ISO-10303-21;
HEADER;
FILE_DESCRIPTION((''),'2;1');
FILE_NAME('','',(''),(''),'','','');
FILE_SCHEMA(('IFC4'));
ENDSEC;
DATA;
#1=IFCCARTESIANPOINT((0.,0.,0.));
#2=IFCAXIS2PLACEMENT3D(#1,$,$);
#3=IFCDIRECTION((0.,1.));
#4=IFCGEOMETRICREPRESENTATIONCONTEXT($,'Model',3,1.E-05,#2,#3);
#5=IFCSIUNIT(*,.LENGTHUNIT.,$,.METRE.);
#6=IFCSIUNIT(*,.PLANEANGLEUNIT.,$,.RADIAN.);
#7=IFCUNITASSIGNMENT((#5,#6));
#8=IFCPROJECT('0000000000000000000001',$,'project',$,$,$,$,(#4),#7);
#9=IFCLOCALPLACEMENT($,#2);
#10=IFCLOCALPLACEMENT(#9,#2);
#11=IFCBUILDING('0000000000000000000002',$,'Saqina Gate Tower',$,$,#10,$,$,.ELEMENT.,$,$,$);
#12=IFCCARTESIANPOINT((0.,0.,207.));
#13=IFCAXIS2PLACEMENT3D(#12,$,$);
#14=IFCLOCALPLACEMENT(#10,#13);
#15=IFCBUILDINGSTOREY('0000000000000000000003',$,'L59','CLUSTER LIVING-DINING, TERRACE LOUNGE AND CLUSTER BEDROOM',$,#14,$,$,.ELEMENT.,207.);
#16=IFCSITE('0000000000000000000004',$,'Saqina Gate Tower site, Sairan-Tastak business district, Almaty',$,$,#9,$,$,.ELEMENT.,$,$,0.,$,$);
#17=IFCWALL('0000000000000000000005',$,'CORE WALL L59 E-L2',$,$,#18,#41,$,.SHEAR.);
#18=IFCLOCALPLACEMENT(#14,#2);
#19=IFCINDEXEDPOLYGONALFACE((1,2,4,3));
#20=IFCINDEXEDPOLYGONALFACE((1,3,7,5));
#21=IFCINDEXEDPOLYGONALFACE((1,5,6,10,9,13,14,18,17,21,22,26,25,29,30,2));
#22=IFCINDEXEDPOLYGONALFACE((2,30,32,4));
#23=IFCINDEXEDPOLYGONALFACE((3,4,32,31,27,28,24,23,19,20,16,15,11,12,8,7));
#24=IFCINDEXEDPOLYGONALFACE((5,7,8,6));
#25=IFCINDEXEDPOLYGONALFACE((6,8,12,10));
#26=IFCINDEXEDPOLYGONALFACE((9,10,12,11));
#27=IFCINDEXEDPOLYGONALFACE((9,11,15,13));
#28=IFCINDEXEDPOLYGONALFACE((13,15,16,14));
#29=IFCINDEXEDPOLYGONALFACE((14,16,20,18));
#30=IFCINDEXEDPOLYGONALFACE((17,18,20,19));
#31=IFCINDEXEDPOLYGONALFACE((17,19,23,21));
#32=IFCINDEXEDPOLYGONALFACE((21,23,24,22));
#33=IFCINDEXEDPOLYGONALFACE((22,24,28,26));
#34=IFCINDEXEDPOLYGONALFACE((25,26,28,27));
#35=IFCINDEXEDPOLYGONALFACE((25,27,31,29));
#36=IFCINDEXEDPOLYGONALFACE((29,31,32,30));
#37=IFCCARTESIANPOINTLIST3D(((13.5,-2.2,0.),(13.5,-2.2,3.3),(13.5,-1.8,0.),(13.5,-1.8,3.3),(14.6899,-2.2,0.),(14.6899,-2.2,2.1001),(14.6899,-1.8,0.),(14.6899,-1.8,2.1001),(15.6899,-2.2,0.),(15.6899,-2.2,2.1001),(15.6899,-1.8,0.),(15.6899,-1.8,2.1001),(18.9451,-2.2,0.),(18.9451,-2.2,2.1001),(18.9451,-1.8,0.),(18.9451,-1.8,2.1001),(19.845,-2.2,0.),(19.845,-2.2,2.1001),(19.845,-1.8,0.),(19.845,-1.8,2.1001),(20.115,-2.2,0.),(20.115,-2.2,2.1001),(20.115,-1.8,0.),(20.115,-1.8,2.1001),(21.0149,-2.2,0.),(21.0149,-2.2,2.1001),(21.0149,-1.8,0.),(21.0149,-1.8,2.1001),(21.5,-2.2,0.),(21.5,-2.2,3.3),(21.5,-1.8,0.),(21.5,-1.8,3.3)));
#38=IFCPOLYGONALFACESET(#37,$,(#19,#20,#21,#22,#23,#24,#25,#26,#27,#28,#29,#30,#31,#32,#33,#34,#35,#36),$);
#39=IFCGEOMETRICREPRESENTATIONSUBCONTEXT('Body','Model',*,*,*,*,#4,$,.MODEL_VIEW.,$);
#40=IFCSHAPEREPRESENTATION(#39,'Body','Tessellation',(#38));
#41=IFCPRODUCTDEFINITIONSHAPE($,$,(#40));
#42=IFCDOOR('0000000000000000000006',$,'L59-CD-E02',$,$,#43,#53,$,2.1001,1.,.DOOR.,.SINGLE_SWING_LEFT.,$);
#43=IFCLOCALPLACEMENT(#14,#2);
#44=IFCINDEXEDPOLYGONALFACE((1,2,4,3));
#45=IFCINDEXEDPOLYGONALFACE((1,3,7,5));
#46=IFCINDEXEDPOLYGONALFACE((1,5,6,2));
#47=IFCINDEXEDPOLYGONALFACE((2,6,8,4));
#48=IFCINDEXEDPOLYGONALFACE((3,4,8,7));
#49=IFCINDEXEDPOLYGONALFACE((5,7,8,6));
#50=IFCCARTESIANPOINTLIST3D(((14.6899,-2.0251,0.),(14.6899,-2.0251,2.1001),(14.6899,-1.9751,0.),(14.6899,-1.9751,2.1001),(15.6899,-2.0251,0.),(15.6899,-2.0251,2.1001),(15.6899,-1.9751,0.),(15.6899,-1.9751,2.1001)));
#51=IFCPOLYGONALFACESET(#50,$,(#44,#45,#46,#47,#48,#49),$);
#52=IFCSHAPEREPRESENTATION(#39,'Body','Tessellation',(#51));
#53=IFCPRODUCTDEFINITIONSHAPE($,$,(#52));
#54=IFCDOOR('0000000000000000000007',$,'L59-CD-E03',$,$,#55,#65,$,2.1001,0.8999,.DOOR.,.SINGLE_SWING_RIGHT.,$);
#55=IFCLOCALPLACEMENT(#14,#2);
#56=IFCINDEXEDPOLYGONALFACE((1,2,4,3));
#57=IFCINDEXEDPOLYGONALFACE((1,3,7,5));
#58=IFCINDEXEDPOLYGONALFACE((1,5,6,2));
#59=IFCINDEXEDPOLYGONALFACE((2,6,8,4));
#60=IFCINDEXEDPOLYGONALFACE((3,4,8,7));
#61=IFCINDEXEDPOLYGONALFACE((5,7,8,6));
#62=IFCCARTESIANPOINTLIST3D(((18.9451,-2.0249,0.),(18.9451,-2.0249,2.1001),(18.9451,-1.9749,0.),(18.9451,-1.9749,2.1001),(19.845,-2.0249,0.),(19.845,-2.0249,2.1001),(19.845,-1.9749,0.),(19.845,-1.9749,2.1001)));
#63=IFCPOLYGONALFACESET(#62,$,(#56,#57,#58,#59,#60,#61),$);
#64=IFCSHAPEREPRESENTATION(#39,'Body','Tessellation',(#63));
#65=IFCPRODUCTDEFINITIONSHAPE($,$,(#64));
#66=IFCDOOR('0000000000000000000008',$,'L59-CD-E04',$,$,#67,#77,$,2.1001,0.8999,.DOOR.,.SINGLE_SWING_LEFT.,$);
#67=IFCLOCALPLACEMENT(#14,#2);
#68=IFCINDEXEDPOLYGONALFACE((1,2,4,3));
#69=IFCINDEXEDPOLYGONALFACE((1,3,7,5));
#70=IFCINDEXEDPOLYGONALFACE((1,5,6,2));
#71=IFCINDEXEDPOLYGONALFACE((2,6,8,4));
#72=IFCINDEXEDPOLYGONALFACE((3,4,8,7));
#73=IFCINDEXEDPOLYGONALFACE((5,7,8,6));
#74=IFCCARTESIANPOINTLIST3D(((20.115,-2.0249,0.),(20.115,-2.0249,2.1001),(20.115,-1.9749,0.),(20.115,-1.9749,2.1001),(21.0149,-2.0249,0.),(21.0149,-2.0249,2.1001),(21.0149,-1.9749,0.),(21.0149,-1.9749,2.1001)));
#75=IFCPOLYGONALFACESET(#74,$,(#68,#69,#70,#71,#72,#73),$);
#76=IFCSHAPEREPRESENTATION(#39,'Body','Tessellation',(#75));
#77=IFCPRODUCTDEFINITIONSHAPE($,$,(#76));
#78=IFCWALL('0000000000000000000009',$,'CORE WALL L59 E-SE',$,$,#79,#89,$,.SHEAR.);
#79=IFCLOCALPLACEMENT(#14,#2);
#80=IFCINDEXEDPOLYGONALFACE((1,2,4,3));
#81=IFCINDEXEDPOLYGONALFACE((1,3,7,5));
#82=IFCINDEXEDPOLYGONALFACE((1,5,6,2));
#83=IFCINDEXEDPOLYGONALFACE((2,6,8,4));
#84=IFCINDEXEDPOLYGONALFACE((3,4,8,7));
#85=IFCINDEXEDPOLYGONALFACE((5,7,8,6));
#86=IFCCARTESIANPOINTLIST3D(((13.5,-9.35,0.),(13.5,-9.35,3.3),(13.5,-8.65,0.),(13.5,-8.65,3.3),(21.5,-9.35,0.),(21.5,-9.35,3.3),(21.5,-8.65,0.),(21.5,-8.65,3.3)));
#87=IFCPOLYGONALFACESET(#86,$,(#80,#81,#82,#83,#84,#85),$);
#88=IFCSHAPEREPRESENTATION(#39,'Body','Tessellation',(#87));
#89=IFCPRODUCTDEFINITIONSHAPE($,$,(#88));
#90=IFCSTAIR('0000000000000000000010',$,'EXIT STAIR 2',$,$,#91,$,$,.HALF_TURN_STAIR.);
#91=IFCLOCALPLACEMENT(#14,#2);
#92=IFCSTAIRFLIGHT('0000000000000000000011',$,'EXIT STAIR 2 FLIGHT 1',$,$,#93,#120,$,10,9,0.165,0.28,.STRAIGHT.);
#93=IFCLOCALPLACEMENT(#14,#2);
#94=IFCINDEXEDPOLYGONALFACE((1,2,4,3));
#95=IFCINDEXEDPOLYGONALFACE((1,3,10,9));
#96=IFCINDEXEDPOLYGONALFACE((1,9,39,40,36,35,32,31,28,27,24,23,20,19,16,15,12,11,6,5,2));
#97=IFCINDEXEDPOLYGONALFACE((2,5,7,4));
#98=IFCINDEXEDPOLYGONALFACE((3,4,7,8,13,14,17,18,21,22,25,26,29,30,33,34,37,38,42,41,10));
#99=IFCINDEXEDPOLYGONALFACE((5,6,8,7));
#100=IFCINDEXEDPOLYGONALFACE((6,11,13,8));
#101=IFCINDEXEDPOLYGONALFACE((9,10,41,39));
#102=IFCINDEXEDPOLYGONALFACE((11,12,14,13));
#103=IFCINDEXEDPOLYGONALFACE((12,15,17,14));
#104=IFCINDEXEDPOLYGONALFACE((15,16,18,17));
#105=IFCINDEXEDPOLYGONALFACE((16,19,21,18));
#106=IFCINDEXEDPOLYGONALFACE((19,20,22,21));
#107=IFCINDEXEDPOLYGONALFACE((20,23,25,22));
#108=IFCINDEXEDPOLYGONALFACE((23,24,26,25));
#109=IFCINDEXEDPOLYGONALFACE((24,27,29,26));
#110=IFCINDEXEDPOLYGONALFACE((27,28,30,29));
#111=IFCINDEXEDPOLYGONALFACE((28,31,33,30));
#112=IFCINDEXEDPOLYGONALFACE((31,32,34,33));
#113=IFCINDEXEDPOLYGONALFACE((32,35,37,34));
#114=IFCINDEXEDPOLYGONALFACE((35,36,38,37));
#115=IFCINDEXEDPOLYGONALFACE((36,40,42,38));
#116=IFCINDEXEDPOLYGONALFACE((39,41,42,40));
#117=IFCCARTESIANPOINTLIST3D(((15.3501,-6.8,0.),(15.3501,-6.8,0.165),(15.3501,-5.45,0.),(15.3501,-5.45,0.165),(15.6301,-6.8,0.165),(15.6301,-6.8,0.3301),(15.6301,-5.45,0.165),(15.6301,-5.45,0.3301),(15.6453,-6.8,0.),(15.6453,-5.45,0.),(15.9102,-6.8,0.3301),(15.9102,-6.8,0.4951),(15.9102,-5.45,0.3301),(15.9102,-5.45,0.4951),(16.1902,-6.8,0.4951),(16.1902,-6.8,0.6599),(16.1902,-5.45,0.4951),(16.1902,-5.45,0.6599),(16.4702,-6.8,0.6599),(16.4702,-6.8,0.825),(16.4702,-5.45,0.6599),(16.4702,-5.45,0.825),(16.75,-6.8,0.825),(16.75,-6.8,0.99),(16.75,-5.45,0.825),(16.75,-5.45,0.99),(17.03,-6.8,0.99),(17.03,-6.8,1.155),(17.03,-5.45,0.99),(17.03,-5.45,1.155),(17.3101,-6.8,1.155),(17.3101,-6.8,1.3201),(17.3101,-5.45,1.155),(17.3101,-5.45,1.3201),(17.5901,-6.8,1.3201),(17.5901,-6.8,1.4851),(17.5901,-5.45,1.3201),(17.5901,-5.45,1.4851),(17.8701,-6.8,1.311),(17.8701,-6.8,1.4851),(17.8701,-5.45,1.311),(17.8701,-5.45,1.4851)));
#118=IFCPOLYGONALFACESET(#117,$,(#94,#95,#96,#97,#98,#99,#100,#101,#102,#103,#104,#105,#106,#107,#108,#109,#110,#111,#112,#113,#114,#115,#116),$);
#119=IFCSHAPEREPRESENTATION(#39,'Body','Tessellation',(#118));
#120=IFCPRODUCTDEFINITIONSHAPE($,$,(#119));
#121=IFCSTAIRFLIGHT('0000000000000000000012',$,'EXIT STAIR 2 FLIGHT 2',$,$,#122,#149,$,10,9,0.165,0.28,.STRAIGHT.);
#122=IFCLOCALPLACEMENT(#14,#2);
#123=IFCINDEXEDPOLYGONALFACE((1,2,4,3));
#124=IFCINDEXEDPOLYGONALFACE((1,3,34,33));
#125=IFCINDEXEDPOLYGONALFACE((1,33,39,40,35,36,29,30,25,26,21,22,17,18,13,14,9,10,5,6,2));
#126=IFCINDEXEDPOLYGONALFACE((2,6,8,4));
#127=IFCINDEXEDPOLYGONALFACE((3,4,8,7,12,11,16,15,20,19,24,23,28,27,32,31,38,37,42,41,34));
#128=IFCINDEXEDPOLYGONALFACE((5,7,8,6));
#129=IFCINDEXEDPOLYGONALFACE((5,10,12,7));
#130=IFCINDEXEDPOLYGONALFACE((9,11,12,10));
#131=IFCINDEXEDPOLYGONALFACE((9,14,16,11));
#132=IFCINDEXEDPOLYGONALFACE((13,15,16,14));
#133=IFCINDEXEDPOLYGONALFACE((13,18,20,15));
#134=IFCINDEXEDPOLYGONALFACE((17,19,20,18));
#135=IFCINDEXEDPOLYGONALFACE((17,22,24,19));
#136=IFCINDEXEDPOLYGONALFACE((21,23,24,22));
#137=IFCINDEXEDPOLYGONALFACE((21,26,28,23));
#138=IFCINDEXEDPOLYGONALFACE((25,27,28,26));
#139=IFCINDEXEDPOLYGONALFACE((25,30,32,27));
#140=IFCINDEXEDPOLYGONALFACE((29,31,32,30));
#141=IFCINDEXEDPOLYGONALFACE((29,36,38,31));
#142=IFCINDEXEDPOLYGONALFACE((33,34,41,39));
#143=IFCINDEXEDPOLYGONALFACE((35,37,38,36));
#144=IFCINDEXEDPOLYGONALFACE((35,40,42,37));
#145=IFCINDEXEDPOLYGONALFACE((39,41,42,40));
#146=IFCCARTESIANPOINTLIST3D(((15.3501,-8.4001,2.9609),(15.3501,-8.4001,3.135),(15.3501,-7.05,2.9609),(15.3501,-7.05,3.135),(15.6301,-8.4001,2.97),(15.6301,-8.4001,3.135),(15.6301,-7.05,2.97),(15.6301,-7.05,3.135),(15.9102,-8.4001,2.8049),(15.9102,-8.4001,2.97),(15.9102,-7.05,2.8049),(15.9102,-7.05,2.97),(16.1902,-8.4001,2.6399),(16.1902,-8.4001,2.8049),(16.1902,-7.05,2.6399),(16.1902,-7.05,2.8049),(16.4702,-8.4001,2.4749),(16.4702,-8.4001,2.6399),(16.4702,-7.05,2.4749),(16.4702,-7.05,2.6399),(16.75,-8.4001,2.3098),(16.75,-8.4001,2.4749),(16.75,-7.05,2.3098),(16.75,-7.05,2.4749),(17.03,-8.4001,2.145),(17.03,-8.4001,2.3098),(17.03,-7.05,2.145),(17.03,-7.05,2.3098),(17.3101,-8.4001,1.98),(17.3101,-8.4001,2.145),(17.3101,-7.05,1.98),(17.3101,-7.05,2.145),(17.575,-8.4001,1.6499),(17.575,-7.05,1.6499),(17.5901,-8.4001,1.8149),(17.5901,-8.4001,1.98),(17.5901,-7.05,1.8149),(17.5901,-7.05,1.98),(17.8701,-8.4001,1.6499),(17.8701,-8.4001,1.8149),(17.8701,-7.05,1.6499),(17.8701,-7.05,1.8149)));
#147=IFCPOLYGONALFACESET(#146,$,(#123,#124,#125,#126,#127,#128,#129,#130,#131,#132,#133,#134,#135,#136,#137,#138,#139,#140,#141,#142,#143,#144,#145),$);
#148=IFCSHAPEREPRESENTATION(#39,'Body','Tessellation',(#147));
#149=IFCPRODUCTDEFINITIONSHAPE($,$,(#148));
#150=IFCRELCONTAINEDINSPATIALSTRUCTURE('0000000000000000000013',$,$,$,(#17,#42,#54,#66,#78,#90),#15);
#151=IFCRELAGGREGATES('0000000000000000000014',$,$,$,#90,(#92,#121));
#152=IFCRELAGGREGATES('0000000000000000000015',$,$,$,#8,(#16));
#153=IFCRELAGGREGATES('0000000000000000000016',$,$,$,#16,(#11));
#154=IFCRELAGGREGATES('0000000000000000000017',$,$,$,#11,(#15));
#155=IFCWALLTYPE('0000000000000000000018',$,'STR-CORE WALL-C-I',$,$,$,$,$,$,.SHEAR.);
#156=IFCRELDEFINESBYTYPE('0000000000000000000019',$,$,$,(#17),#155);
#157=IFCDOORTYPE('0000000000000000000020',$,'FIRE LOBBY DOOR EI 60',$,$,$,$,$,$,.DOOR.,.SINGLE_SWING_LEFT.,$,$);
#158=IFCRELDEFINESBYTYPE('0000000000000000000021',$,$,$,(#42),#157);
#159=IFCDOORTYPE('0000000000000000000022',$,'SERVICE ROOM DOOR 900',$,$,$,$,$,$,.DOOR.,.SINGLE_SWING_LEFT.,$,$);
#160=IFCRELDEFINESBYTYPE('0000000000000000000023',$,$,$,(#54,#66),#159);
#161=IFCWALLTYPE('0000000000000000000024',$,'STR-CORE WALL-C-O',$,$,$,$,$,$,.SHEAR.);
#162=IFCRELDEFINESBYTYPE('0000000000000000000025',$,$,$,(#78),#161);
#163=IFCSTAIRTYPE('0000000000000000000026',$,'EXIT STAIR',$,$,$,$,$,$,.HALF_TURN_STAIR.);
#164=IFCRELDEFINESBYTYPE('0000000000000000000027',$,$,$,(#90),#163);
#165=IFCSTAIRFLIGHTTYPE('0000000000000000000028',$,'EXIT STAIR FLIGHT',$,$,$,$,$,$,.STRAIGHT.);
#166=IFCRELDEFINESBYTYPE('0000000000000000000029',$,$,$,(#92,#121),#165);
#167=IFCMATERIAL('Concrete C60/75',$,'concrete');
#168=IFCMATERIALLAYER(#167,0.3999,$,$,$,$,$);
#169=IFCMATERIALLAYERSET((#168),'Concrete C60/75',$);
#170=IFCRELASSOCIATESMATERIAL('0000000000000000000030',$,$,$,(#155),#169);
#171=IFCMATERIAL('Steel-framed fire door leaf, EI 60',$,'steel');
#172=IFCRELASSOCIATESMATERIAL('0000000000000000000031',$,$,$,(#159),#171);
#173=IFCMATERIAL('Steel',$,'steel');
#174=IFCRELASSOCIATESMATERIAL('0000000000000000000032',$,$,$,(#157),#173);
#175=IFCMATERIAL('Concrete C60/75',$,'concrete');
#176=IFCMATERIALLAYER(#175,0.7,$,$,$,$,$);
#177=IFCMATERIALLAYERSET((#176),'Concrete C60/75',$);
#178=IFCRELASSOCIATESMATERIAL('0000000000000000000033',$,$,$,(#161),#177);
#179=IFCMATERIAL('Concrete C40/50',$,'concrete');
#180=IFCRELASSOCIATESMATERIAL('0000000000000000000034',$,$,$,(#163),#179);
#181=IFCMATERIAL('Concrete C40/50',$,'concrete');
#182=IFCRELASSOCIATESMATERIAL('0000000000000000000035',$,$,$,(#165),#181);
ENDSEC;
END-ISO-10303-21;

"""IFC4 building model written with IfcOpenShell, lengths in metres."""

from ifc_helpers import new_model, si_unit, direction, frame, frame_2d, origin, place, context, subcontext, project, spatial, polyline, rectangle, outline, extrude, material, layer, layer_set, type_object, element, fill, aggregate, save


model = new_model("IFC4")

# Units and contexts
model_context = context("Model", 3, precision=1e-05, world=origin(), true_north=direction((0.0, 1.0)))
body_context = subcontext(model_context, "Body", "Model", "MODEL_VIEW")
ifc_project = project(units=[si_unit("LENGTHUNIT", "METRE"), si_unit("PLANEANGLEUNIT", "RADIAN")], contexts=[model_context])

# Site, building, storey
site_placement = place(None, origin())
site = spatial("IfcSite", under=ifc_project, at=site_placement, Name="Saqina Gate Tower site, Sairan-Tastak business district, Almaty", CompositionType="ELEMENT", RefElevation=0.0)
building_placement = place(site_placement, origin())
building = spatial("IfcBuilding", under=site, at=building_placement, Name="Saqina Gate Tower", CompositionType="ELEMENT")
storey_placement = place(building_placement, frame((0.0, 0.0, 207.0)))
storey = spatial("IfcBuildingStorey", under=building, at=storey_placement, Name="L59", Description="CLUSTER LIVING-DINING, TERRACE LOUNGE AND CLUSTER BEDROOM", CompositionType="ELEMENT", Elevation=207.0)

# Wall, openings, doors
ifc_material_1 = material(Name="Concrete C60/75", Category="concrete")
ifc_layer_1 = layer(ifc_material_1, 0.3999)
ifc_layer_set_1 = layer_set([ifc_layer_1], Name="Concrete C60/75")
wall_type_1 = type_object("IfcWallType", Name="STR-CORE WALL-C-I", PredefinedType="SHEAR", material=ifc_layer_set_1)
ifc_material_2 = material(Name="Steel-framed fire door leaf, EI 60", Category="steel")
door_type_1 = type_object("IfcDoorType", Name="SERVICE ROOM DOOR 900", OperationType="SINGLE_SWING_LEFT", PredefinedType="DOOR", material=ifc_material_2)
wall_1_placement = place(storey_placement, frame((13.5, -2.0, 0.0), z_axis=(0.0, 0.0, 1.0), x_axis=(1.0, 0.0, 0.0)))
wall_1 = element("IfcWall", 1, at=wall_1_placement, inside=storey, type_object=wall_type_1, Name="CORE WALL L59 E-L2", PredefinedType="SHEAR", context=body_context, shape_type="SweptSolid", body=[
    extrude(rectangle(XDim=8.0, YDim=0.3999, at=frame_2d((4.0, 0.0))), origin(), (0.0, 0.0, 1.0), 3.3),
])
opening_1_placement = place(wall_1_placement, frame((1.1899, 0.0, 0.0)))
opening_1 = element("IfcOpeningElement", 2, at=opening_1_placement, cuts=wall_1, PredefinedType="OPENING", context=body_context, shape_type="SweptSolid", body=[
    extrude(rectangle(XDim=1.0, YDim=2.1001, at=frame_2d((0.5, 1.05))), frame((0.0, 0.2119, 0.0), z_axis=(0.0, -1.0, 0.0), x_axis=(1.0, 0.0, 0.0)), (0.0, 0.0, 1.0), 0.4238),
])
opening_2_placement = place(wall_1_placement, frame((5.4451, 0.0, 0.0)))
opening_2 = element("IfcOpeningElement", 3, at=opening_2_placement, cuts=wall_1, PredefinedType="OPENING", context=body_context, shape_type="SweptSolid", body=[
    extrude(rectangle(XDim=0.8999, YDim=2.1001, at=frame_2d((0.45, 1.05))), frame((0.0, 0.2119, 0.0), z_axis=(0.0, -1.0, 0.0), x_axis=(1.0, 0.0, 0.0)), (0.0, 0.0, 1.0), 0.4238),
])
opening_3_placement = place(wall_1_placement, frame((6.615, 0.0, 0.0)))
opening_3 = element("IfcOpeningElement", 4, at=opening_3_placement, cuts=wall_1, PredefinedType="OPENING", context=body_context, shape_type="SweptSolid", body=[
    extrude(rectangle(XDim=0.8999, YDim=2.1001, at=frame_2d((0.45, 1.05))), frame((0.0, 0.2119, 0.0), z_axis=(0.0, -1.0, 0.0), x_axis=(1.0, 0.0, 0.0)), (0.0, 0.0, 1.0), 0.4238),
])
ifc_material_3 = material(Name="Steel", Category="steel")
door_type_2 = type_object("IfcDoorType", Name="FIRE LOBBY DOOR EI 60", OperationType="SINGLE_SWING_LEFT", PredefinedType="DOOR", material=ifc_material_3)
door_1_placement = place(opening_1_placement, origin())
door_1 = element("IfcDoor", 5, at=door_1_placement, inside=storey, type_object=door_type_2, Name="L59-CD-E02", OperationType="SINGLE_SWING_LEFT", OverallHeight=2.1001, OverallWidth=1.0, PredefinedType="DOOR", context=body_context, shape_type="SweptSolid", body=[
    extrude(rectangle(XDim=1.0, YDim=2.1001, at=frame_2d((0.5, 1.05))), frame((0.0, 0.0249, 0.0), z_axis=(0.0, -1.0, 0.0), x_axis=(1.0, 0.0, 0.0)), (0.0, 0.0, 1.0), 0.05),
])
fill(opening_1, door_1)
door_2_placement = place(opening_2_placement, frame((0.8999, 0.0, 0.0), z_axis=(0.0, 0.0, 1.0), x_axis=(-1.0, 0.0, 0.0)))
door_2 = element("IfcDoor", 6, at=door_2_placement, inside=storey, type_object=door_type_1, Name="L59-CD-E03", OperationType="SINGLE_SWING_RIGHT", OverallHeight=2.1001, OverallWidth=0.8999, PredefinedType="DOOR", context=body_context, shape_type="SweptSolid", body=[
    extrude(rectangle(XDim=0.8999, YDim=2.1001, at=frame_2d((0.45, 1.05))), frame((0.0, 0.0249, 0.0), z_axis=(0.0, -1.0, 0.0), x_axis=(1.0, 0.0, 0.0)), (0.0, 0.0, 1.0), 0.05),
])
fill(opening_2, door_2)
door_3_placement = place(opening_3_placement, frame((0.8999, 0.0, 0.0), z_axis=(0.0, 0.0, 1.0), x_axis=(-1.0, 0.0, 0.0)))
door_3 = element("IfcDoor", 7, at=door_3_placement, inside=storey, type_object=door_type_1, Name="L59-CD-E04", OperationType="SINGLE_SWING_LEFT", OverallHeight=2.1001, OverallWidth=0.8999, PredefinedType="DOOR", context=body_context, shape_type="SweptSolid", body=[
    extrude(rectangle(XDim=0.8999, YDim=2.1001, at=frame_2d((0.45, 1.05))), frame((0.0, 0.0249, 0.0), z_axis=(0.0, -1.0, 0.0), x_axis=(1.0, 0.0, 0.0)), (0.0, 0.0, 1.0), 0.05),
])
fill(opening_3, door_3)
ifc_material_4 = material(Name="Concrete C60/75", Category="concrete")
ifc_layer_2 = layer(ifc_material_4, 0.7)
ifc_layer_set_2 = layer_set([ifc_layer_2], Name="Concrete C60/75")
wall_type_2 = type_object("IfcWallType", Name="STR-CORE WALL-C-O", PredefinedType="SHEAR", material=ifc_layer_set_2)

# Wall
wall_2_placement = place(storey_placement, frame((13.5, -9.0, 0.0), z_axis=(0.0, 0.0, 1.0), x_axis=(1.0, 0.0, 0.0)))
element("IfcWall", 8, at=wall_2_placement, inside=storey, type_object=wall_type_2, Name="CORE WALL L59 E-SE", PredefinedType="SHEAR", context=body_context, shape_type="SweptSolid", body=[
    extrude(rectangle(XDim=8.0, YDim=0.7, at=frame_2d((4.0, 0.0))), origin(), (0.0, 0.0, 1.0), 3.3),
])

# Stair, stair flights
ifc_material_5 = material(Name="Concrete C40/50", Category="concrete")
stair_type = type_object("IfcStairType", Name="EXIT STAIR", PredefinedType="HALF_TURN_STAIR", material=ifc_material_5)
stair_placement = place(storey_placement, origin())
stair = element("IfcStair", 9, at=stair_placement, inside=storey, type_object=stair_type, Name="EXIT STAIR 2", PredefinedType="HALF_TURN_STAIR")
ifc_material_6 = material(Name="Concrete C40/50", Category="concrete")
stair_flight_type = type_object("IfcStairFlightType", Name="EXIT STAIR FLIGHT", PredefinedType="STRAIGHT", material=ifc_material_6)
stair_flight_1_placement = place(storey_placement, frame((15.3501, -6.125, 0.0), z_axis=(0.0, 0.0, 1.0), x_axis=(1.0, 0.0, 0.0)))
stair_flight_1 = element("IfcStairFlight", 10, at=stair_flight_1_placement, type_object=stair_flight_type, Name="EXIT STAIR 2 FLIGHT 1", NumberOfRisers=10, NumberOfTreads=9, PredefinedType="STRAIGHT", RiserHeight=0.165, TreadLength=0.28, context=body_context, shape_type="SweptSolid", body=[
    extrude(outline(polyline([(0.0, 0.0), (0.0, 0.165), (0.28, 0.165), (0.28, 0.3301), (0.5601, 0.3301), (0.5601, 0.4951), (0.8401, 0.4951), (0.8401, 0.6599), (1.1201, 0.6599), (1.1201, 0.825), (1.3999, 0.825), (1.3999, 0.99), (1.6799, 0.99), (1.6799, 1.155), (1.96, 1.155), (1.96, 1.3201), (2.24, 1.3201), (2.24, 1.4851), (2.52, 1.4851), (2.52, 1.6499), (2.52, 1.311), (0.2952, 0.0), (0.0, 0.0)])), frame((0.0, 0.675, 0.0), z_axis=(0.0, -1.0, 0.0), x_axis=(1.0, 0.0, 0.0)), (0.0, 0.0, 1.0), 1.3501),
])
stair_flight_2_placement = place(storey_placement, frame((17.8701, -7.7251, 1.6499), z_axis=(0.0, 0.0, 1.0), x_axis=(-1.0, 0.0, 0.0)))
stair_flight_2 = element("IfcStairFlight", 11, at=stair_flight_2_placement, type_object=stair_flight_type, Name="EXIT STAIR 2 FLIGHT 2", NumberOfRisers=10, NumberOfTreads=9, PredefinedType="STRAIGHT", RiserHeight=0.165, TreadLength=0.28, context=body_context, shape_type="SweptSolid", body=[
    extrude(outline(polyline([(0.0, 0.0), (0.0, 0.165), (0.28, 0.165), (0.28, 0.3301), (0.5601, 0.3301), (0.5601, 0.4951), (0.8401, 0.4951), (0.8401, 0.6599), (1.1201, 0.6599), (1.1201, 0.825), (1.3999, 0.825), (1.3999, 0.99), (1.6799, 0.99), (1.6799, 1.155), (1.96, 1.155), (1.96, 1.3201), (2.24, 1.3201), (2.24, 1.4851), (2.52, 1.4851), (2.52, 1.6499), (2.52, 1.311), (0.2952, 0.0), (0.0, 0.0)])), frame((0.0, 0.675, 0.0), z_axis=(0.0, -1.0, 0.0), x_axis=(1.0, 0.0, 0.0)), (0.0, 0.0, 1.0), 1.3501),
])
aggregate(stair, [stair_flight_1, stair_flight_2])

save(model, "model.ifc")
